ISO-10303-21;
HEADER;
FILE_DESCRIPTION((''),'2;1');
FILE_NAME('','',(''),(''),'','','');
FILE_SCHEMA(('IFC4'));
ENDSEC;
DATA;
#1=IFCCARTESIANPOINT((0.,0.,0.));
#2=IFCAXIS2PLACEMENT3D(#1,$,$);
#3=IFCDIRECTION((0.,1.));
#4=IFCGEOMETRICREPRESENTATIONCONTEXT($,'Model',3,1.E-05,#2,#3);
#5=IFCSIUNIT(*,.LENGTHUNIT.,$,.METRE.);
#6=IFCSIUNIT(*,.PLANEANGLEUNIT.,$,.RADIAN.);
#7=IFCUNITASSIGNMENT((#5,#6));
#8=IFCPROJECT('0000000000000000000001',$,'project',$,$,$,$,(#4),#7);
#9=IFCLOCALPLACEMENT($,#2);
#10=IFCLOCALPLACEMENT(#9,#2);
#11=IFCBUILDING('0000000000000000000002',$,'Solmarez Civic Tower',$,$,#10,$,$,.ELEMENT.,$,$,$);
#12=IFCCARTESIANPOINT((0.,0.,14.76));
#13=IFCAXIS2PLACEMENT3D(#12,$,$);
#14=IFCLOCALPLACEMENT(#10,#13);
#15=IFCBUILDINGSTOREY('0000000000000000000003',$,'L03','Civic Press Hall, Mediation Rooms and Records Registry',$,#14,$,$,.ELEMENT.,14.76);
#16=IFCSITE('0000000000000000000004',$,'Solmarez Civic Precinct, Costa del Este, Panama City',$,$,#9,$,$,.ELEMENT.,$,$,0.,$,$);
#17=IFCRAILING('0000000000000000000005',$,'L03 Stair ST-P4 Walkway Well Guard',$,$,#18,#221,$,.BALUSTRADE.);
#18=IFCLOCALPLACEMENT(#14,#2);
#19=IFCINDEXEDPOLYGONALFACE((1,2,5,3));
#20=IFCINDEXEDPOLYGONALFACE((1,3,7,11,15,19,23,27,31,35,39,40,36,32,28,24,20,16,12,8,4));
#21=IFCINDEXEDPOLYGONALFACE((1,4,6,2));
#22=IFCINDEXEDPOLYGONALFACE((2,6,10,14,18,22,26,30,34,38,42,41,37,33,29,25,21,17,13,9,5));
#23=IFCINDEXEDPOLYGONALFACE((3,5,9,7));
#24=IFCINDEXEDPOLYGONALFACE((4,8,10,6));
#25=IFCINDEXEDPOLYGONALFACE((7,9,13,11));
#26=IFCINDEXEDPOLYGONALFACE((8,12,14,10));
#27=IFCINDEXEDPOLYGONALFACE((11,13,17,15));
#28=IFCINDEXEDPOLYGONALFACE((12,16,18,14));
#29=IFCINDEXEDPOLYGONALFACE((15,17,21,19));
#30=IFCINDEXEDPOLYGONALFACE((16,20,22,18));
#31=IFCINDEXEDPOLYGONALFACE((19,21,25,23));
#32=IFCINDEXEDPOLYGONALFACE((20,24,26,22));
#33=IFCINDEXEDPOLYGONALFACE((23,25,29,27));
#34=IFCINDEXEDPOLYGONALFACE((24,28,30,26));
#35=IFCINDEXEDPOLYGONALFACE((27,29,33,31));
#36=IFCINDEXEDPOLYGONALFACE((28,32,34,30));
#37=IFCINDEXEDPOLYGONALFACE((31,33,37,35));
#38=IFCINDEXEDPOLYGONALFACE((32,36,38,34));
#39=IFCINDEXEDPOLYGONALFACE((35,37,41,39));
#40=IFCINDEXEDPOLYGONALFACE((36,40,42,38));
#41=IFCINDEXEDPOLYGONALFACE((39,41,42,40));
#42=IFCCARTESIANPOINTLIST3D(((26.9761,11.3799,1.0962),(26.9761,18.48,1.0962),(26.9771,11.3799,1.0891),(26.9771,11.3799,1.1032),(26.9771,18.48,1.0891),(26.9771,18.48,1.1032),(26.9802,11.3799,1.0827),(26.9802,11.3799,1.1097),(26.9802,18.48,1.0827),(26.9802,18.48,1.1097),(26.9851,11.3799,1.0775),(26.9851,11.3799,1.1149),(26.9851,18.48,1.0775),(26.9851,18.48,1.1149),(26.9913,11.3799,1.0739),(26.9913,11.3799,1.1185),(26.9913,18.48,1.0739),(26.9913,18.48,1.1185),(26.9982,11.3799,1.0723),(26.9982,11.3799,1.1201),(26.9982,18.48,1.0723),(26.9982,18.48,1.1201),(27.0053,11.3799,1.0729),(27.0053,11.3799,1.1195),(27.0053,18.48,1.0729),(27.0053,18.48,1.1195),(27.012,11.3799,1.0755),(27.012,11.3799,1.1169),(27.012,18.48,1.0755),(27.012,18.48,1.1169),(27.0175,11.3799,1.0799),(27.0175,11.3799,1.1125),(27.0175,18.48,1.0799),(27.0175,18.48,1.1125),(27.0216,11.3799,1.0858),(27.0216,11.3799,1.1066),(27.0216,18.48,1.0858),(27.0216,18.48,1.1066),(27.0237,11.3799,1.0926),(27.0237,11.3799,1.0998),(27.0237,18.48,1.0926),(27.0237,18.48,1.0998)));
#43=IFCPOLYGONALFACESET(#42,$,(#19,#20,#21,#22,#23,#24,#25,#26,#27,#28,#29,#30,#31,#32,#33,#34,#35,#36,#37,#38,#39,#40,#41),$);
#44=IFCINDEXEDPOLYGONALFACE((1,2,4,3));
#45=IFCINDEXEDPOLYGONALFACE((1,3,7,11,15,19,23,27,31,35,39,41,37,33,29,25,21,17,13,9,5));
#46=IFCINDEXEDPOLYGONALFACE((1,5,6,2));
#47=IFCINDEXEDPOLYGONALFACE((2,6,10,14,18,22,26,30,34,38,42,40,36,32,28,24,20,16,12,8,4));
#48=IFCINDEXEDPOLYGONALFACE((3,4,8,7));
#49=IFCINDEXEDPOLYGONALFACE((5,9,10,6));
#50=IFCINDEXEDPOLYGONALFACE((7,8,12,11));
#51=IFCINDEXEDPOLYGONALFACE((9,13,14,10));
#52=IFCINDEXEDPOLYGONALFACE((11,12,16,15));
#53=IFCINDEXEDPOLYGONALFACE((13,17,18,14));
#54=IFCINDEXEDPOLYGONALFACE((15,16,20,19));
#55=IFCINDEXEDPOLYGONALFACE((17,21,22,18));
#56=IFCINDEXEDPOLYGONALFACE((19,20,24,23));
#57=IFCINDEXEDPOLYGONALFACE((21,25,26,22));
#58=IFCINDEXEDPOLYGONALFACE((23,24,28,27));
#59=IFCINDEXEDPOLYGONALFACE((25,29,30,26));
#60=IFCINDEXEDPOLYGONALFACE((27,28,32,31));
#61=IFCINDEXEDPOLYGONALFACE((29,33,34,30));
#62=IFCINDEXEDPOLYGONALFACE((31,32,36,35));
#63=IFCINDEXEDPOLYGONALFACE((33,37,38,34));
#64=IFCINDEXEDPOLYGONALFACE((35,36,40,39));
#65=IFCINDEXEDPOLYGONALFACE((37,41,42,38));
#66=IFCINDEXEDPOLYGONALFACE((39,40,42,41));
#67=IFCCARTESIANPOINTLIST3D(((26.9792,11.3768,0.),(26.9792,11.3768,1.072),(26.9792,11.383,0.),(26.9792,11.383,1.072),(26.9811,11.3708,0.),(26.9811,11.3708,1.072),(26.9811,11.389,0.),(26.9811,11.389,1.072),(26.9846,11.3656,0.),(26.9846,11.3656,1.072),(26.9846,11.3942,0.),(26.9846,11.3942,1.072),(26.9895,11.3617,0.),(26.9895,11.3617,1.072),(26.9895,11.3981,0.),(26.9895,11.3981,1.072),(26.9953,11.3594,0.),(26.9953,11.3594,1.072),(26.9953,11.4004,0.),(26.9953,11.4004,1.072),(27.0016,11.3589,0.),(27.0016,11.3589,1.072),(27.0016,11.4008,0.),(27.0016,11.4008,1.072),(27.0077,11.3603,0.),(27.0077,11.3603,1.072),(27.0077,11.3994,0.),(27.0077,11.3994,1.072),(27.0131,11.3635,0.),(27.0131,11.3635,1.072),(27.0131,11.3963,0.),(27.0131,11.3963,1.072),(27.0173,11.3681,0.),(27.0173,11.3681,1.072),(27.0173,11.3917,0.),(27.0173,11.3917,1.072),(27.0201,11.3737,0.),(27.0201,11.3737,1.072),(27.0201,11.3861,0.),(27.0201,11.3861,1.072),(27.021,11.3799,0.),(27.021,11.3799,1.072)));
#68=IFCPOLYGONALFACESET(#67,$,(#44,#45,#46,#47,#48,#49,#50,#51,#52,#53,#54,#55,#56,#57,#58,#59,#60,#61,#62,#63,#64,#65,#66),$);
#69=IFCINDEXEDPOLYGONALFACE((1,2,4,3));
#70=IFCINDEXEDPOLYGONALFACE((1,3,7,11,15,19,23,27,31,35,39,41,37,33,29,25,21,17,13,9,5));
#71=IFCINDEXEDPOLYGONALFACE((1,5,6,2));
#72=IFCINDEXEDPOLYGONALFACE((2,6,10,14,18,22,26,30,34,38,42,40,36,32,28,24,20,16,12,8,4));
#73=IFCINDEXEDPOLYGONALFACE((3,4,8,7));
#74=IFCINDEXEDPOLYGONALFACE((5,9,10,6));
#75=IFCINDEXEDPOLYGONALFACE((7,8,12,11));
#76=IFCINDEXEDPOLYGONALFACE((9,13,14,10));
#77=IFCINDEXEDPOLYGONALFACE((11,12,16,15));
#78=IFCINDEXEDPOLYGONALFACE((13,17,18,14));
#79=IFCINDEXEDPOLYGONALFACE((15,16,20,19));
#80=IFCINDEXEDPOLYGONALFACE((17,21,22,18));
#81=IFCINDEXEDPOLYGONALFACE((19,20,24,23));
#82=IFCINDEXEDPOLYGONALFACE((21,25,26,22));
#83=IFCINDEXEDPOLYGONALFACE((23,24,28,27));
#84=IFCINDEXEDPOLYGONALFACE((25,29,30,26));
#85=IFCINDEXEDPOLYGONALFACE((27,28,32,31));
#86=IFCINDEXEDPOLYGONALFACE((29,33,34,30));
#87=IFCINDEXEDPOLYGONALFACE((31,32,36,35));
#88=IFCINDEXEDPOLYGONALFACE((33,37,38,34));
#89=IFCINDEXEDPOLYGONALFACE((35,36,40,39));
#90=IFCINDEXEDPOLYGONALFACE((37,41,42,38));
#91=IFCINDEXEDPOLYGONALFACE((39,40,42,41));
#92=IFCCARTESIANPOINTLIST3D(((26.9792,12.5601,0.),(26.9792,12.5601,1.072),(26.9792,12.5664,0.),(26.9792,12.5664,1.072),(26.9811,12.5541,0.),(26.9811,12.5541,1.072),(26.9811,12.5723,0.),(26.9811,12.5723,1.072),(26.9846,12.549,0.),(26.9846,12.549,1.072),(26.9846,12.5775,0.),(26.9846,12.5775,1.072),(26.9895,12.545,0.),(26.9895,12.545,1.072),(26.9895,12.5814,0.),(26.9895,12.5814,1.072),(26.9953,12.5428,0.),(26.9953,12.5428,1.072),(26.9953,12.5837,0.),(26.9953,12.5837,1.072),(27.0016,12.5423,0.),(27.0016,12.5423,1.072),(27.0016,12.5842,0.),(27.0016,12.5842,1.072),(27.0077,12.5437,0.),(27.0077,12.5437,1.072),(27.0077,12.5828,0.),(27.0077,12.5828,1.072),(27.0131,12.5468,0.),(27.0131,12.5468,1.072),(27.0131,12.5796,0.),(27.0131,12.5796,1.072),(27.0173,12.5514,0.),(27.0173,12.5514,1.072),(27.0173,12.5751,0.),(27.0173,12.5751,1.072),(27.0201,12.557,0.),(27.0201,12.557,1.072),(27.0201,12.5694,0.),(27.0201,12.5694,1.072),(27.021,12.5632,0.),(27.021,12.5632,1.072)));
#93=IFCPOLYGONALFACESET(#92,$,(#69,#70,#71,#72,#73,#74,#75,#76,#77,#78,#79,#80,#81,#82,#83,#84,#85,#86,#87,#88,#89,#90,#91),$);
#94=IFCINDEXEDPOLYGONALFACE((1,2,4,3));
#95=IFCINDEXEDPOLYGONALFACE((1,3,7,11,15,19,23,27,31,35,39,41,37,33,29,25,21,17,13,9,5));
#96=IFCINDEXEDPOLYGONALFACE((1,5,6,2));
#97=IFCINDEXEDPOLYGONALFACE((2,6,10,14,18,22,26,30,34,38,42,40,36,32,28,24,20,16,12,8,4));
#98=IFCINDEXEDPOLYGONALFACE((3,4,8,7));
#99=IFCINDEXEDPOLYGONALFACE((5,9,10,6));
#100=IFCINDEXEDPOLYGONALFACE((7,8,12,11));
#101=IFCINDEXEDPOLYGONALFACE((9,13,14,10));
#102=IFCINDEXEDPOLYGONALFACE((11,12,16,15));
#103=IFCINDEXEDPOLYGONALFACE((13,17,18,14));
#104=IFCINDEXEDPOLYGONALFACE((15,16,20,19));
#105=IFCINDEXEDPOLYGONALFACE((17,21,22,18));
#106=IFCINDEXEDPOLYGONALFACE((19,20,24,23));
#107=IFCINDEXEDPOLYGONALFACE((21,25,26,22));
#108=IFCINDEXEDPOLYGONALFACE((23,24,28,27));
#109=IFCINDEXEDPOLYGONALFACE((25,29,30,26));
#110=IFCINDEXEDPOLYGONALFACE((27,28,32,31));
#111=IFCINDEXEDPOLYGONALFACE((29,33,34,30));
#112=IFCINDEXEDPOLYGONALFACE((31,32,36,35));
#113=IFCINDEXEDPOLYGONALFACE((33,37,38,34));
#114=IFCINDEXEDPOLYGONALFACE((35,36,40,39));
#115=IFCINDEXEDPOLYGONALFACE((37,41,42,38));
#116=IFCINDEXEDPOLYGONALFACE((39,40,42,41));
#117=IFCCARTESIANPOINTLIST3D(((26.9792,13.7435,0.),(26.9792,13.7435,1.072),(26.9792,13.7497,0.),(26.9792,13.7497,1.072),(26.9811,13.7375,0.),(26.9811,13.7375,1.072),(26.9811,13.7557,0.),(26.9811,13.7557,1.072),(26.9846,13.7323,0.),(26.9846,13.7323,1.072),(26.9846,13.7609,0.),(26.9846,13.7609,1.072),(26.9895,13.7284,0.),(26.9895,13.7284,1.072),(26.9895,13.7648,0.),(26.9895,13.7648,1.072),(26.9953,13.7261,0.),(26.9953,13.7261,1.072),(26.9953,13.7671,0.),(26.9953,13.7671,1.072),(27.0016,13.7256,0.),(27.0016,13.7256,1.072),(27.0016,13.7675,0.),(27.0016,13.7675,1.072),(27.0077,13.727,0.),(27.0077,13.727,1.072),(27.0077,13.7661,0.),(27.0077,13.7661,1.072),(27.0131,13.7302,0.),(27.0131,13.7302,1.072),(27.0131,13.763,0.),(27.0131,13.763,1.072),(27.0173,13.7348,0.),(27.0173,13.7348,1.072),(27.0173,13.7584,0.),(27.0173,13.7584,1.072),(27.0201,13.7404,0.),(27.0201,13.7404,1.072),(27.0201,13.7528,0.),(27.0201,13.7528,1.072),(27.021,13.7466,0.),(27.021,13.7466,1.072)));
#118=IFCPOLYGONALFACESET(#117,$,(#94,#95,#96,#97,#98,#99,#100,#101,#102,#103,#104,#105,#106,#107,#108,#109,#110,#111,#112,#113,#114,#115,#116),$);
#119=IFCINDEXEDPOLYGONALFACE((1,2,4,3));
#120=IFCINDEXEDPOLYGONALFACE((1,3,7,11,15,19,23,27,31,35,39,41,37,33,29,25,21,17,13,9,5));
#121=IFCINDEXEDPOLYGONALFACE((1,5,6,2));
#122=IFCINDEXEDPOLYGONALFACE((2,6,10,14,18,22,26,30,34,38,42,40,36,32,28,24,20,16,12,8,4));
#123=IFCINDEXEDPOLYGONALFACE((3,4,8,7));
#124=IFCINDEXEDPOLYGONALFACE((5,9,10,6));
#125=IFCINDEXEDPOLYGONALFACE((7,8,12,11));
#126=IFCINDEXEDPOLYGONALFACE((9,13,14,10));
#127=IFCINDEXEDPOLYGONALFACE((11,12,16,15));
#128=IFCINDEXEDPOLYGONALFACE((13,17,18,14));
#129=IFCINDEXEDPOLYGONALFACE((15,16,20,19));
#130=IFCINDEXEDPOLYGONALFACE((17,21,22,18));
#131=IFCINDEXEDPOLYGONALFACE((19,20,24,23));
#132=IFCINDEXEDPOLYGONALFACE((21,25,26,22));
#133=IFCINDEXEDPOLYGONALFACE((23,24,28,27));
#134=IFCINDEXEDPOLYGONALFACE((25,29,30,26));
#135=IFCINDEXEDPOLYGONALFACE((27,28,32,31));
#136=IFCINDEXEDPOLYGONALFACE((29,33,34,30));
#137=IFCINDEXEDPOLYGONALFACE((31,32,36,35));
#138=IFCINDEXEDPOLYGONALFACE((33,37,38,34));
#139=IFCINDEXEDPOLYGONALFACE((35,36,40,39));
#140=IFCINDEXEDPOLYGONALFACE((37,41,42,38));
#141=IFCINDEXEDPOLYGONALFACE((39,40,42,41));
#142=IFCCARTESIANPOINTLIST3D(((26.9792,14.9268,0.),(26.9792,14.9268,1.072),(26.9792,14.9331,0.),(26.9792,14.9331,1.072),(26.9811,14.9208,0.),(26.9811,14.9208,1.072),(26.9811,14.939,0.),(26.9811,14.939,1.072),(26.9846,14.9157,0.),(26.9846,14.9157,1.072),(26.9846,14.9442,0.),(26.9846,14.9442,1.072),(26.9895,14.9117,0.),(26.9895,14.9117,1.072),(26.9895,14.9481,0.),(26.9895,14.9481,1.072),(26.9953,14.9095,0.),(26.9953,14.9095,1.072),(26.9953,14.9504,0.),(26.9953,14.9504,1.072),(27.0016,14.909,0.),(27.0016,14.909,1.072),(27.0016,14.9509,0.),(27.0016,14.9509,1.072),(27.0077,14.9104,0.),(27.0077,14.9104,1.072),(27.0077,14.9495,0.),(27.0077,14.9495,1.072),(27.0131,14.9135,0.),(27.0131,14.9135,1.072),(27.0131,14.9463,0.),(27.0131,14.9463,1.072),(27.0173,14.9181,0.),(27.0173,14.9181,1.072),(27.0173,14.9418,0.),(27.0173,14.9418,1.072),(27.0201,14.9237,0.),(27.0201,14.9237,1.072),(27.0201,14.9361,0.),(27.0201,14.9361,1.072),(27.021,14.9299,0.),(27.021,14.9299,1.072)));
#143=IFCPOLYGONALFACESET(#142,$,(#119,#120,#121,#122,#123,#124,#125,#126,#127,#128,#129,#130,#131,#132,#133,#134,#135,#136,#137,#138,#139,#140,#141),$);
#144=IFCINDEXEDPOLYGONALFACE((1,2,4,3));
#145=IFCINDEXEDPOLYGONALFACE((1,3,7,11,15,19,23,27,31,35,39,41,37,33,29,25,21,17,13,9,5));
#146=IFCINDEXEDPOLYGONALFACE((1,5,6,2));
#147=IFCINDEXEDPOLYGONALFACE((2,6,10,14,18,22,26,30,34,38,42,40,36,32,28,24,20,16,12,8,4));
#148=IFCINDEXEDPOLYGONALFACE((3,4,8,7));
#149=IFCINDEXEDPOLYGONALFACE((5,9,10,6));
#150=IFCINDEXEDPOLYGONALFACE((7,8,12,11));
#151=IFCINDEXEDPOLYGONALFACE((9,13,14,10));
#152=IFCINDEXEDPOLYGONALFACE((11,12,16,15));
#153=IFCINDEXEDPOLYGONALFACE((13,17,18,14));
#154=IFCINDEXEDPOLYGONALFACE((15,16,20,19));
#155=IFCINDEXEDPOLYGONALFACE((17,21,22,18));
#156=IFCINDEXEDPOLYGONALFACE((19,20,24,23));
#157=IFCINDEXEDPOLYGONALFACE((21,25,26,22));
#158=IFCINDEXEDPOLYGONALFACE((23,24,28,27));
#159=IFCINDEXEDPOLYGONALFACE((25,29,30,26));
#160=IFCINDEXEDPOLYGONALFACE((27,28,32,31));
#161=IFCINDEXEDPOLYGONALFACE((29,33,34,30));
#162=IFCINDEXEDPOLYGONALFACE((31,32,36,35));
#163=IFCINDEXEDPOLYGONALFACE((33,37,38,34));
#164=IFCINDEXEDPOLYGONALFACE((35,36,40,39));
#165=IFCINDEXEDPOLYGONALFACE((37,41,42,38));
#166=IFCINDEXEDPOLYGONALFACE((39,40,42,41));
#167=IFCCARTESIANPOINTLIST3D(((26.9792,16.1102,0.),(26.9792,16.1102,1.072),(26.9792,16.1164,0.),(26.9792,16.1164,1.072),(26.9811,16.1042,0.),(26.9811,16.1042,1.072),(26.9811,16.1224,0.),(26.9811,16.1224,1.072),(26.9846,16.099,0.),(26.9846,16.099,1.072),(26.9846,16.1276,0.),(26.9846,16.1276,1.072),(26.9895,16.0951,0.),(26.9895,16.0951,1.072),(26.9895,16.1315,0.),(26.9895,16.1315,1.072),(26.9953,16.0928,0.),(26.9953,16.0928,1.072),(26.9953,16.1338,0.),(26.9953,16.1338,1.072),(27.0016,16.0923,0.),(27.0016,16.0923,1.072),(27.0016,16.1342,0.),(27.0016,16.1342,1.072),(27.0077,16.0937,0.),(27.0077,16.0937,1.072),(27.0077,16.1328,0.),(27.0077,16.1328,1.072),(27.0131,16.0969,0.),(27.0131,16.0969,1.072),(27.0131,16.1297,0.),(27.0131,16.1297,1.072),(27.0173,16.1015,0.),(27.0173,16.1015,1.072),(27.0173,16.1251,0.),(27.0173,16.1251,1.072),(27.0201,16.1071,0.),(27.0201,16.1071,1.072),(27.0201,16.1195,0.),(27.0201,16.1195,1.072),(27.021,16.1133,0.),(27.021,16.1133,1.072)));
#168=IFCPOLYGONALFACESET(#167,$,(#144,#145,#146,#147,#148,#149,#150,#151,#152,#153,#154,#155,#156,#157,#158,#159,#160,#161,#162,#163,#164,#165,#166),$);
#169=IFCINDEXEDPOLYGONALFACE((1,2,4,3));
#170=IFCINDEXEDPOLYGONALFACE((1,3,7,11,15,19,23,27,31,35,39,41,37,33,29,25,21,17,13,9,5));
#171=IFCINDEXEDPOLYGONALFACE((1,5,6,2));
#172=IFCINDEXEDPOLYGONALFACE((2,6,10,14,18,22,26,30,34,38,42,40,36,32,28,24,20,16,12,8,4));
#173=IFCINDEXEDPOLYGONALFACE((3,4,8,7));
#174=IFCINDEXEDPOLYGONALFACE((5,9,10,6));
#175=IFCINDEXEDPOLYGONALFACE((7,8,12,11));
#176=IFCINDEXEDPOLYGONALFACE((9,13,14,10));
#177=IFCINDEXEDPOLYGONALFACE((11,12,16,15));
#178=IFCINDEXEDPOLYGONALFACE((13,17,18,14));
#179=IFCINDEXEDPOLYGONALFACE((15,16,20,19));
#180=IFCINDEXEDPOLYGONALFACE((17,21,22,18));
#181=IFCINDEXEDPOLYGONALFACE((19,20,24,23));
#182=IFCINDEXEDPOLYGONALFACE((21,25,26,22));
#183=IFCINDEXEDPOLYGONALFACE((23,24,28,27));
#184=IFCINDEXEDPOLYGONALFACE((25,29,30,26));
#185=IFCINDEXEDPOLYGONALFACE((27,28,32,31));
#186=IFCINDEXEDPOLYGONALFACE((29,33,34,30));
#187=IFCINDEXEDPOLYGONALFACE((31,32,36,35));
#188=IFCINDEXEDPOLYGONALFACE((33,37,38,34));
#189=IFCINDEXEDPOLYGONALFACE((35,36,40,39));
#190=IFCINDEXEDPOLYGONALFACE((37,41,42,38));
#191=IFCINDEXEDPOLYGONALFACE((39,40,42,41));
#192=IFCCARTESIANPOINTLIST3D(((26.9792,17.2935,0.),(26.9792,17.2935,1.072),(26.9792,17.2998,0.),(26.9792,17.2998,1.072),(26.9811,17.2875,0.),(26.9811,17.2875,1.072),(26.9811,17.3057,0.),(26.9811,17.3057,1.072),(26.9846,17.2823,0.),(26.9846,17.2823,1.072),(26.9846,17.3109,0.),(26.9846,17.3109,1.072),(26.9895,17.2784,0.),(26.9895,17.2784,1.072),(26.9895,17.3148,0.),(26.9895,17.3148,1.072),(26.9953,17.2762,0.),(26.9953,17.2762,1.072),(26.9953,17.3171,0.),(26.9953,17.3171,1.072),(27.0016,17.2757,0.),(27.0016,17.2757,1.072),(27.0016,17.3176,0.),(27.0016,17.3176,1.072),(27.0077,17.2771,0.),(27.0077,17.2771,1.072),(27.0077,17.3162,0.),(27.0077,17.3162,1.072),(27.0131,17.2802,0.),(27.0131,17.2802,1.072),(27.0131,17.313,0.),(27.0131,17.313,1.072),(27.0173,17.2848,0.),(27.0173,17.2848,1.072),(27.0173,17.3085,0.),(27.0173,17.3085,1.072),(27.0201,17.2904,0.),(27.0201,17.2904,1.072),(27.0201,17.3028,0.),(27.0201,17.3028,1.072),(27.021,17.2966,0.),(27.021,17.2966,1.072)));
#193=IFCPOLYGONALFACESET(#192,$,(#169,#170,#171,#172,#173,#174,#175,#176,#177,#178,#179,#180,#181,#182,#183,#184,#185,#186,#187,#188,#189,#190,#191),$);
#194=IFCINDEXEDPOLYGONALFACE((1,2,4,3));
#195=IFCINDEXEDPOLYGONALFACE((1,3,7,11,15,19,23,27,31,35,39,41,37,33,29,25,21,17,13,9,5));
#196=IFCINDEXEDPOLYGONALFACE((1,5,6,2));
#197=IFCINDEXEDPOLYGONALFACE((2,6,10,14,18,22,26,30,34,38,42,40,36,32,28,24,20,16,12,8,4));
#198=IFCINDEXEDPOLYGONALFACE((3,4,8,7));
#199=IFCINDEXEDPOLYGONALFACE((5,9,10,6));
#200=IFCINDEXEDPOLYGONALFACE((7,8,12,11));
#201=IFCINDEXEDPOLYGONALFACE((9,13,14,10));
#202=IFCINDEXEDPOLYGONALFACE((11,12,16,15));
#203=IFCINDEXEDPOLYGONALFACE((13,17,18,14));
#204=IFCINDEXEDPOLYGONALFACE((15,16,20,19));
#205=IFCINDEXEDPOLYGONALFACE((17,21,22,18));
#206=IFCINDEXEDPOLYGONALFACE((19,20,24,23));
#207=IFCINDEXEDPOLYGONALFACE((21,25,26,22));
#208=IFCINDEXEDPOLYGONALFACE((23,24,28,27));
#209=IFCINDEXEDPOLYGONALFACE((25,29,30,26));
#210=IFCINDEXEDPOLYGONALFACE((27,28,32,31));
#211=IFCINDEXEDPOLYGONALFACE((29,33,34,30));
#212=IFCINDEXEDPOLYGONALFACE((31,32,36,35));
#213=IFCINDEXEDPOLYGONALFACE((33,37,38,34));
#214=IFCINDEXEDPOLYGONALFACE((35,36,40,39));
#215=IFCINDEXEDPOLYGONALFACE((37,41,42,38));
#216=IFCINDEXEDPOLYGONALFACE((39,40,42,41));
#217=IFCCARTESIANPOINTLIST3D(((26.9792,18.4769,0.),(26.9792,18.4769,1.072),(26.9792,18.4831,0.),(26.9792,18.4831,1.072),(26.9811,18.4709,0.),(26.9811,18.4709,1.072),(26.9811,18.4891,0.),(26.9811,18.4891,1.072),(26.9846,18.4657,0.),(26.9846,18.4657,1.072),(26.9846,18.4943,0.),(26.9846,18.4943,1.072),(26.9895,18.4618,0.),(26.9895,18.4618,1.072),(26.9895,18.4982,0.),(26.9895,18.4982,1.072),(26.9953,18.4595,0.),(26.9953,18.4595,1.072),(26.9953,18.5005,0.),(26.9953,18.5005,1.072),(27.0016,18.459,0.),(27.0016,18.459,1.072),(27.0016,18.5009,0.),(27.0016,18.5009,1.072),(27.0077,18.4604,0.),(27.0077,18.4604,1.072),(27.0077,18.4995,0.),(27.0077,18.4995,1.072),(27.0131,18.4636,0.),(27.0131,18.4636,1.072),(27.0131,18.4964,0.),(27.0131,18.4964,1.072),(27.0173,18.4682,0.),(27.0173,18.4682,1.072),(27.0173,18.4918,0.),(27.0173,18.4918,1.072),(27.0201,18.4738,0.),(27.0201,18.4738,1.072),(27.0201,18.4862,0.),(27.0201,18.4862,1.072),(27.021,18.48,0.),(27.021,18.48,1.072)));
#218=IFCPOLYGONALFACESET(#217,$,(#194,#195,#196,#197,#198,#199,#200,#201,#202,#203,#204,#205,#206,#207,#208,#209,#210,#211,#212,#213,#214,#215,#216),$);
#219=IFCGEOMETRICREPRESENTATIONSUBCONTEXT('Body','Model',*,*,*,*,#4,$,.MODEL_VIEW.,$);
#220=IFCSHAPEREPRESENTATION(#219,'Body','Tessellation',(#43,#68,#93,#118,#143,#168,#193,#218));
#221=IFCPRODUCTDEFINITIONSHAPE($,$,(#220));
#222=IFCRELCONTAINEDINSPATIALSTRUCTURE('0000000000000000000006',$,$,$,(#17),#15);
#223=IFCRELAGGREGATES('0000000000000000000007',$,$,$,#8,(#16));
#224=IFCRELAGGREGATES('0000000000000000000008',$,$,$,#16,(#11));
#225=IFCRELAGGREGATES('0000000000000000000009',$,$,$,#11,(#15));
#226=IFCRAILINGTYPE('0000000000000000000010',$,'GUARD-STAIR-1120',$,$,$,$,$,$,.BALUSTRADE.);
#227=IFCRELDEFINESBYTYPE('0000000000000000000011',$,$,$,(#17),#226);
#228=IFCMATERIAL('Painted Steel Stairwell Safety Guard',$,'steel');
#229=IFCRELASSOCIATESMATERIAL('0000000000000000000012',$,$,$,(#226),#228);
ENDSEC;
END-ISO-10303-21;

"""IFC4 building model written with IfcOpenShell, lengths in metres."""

from ifc_helpers import new_model, si_unit, direction, frame, origin, origin_2d, place, context, subcontext, project, spatial, circle, extrude, material, type_object, element, save


model = new_model("IFC4")

# Units and contexts
model_context = context("Model", 3, precision=1e-05, world=origin(), true_north=direction((0.0, 1.0)))
body_context = subcontext(model_context, "Body", "Model", "MODEL_VIEW")
ifc_project = project(units=[si_unit("LENGTHUNIT", "METRE"), si_unit("PLANEANGLEUNIT", "RADIAN")], contexts=[model_context])

# Site, building, storey
site_placement = place(None, origin())
site = spatial("IfcSite", under=ifc_project, at=site_placement, Name="Solmarez Civic Precinct, Costa del Este, Panama City", CompositionType="ELEMENT", RefElevation=0.0)
building_placement = place(site_placement, origin())
building = spatial("IfcBuilding", under=site, at=building_placement, Name="Solmarez Civic Tower", CompositionType="ELEMENT")
storey_placement = place(building_placement, frame((0.0, 0.0, 14.76)))
storey = spatial("IfcBuildingStorey", under=building, at=storey_placement, Name="L03", Description="Civic Press Hall, Mediation Rooms and Records Registry", CompositionType="ELEMENT", Elevation=14.76)

# Railing
ifc_material_1 = material(Name="Painted Steel Stairwell Safety Guard", Category="steel")
railing_type_1 = type_object("IfcRailingType", Name="GUARD-STAIR-1120", PredefinedType="BALUSTRADE", material=ifc_material_1)
railing_1_placement = place(storey_placement, frame((27.0, 11.3799, 0.0)))
element("IfcRailing", 1, at=railing_1_placement, inside=storey, type_object=railing_type_1, Name="L03 Stair ST-P4 Walkway Well Guard", PredefinedType="BALUSTRADE", context=body_context, shape_type="SweptSolid", body=[
    extrude(circle(Radius=0.0239, at=origin_2d()), frame((0.0, 0.0, 1.0962), z_axis=(0.0, 1.0, 0.0), x_axis=(-1.0, 0.0, 0.0)), (0.0, 0.0, 1.0), 7.1001),
    extrude(circle(Radius=0.021, at=origin_2d()), origin(), (0.0, 0.0, 1.0), 1.072),
    extrude(circle(Radius=0.021, at=origin_2d()), frame((0.0, 1.1833, 0.0)), (0.0, 0.0, 1.0), 1.072),
    extrude(circle(Radius=0.021, at=origin_2d()), frame((0.0, 2.3667, 0.0)), (0.0, 0.0, 1.0), 1.072),
    extrude(circle(Radius=0.021, at=origin_2d()), frame((0.0, 3.55, 0.0)), (0.0, 0.0, 1.0), 1.072),
    extrude(circle(Radius=0.021, at=origin_2d()), frame((0.0, 4.7334, 0.0)), (0.0, 0.0, 1.0), 1.072),
    extrude(circle(Radius=0.021, at=origin_2d()), frame((0.0, 5.9167, 0.0)), (0.0, 0.0, 1.0), 1.072),
    extrude(circle(Radius=0.021, at=origin_2d()), frame((0.0, 7.1001, 0.0)), (0.0, 0.0, 1.0), 1.072),
])

save(model, "model.ifc")
